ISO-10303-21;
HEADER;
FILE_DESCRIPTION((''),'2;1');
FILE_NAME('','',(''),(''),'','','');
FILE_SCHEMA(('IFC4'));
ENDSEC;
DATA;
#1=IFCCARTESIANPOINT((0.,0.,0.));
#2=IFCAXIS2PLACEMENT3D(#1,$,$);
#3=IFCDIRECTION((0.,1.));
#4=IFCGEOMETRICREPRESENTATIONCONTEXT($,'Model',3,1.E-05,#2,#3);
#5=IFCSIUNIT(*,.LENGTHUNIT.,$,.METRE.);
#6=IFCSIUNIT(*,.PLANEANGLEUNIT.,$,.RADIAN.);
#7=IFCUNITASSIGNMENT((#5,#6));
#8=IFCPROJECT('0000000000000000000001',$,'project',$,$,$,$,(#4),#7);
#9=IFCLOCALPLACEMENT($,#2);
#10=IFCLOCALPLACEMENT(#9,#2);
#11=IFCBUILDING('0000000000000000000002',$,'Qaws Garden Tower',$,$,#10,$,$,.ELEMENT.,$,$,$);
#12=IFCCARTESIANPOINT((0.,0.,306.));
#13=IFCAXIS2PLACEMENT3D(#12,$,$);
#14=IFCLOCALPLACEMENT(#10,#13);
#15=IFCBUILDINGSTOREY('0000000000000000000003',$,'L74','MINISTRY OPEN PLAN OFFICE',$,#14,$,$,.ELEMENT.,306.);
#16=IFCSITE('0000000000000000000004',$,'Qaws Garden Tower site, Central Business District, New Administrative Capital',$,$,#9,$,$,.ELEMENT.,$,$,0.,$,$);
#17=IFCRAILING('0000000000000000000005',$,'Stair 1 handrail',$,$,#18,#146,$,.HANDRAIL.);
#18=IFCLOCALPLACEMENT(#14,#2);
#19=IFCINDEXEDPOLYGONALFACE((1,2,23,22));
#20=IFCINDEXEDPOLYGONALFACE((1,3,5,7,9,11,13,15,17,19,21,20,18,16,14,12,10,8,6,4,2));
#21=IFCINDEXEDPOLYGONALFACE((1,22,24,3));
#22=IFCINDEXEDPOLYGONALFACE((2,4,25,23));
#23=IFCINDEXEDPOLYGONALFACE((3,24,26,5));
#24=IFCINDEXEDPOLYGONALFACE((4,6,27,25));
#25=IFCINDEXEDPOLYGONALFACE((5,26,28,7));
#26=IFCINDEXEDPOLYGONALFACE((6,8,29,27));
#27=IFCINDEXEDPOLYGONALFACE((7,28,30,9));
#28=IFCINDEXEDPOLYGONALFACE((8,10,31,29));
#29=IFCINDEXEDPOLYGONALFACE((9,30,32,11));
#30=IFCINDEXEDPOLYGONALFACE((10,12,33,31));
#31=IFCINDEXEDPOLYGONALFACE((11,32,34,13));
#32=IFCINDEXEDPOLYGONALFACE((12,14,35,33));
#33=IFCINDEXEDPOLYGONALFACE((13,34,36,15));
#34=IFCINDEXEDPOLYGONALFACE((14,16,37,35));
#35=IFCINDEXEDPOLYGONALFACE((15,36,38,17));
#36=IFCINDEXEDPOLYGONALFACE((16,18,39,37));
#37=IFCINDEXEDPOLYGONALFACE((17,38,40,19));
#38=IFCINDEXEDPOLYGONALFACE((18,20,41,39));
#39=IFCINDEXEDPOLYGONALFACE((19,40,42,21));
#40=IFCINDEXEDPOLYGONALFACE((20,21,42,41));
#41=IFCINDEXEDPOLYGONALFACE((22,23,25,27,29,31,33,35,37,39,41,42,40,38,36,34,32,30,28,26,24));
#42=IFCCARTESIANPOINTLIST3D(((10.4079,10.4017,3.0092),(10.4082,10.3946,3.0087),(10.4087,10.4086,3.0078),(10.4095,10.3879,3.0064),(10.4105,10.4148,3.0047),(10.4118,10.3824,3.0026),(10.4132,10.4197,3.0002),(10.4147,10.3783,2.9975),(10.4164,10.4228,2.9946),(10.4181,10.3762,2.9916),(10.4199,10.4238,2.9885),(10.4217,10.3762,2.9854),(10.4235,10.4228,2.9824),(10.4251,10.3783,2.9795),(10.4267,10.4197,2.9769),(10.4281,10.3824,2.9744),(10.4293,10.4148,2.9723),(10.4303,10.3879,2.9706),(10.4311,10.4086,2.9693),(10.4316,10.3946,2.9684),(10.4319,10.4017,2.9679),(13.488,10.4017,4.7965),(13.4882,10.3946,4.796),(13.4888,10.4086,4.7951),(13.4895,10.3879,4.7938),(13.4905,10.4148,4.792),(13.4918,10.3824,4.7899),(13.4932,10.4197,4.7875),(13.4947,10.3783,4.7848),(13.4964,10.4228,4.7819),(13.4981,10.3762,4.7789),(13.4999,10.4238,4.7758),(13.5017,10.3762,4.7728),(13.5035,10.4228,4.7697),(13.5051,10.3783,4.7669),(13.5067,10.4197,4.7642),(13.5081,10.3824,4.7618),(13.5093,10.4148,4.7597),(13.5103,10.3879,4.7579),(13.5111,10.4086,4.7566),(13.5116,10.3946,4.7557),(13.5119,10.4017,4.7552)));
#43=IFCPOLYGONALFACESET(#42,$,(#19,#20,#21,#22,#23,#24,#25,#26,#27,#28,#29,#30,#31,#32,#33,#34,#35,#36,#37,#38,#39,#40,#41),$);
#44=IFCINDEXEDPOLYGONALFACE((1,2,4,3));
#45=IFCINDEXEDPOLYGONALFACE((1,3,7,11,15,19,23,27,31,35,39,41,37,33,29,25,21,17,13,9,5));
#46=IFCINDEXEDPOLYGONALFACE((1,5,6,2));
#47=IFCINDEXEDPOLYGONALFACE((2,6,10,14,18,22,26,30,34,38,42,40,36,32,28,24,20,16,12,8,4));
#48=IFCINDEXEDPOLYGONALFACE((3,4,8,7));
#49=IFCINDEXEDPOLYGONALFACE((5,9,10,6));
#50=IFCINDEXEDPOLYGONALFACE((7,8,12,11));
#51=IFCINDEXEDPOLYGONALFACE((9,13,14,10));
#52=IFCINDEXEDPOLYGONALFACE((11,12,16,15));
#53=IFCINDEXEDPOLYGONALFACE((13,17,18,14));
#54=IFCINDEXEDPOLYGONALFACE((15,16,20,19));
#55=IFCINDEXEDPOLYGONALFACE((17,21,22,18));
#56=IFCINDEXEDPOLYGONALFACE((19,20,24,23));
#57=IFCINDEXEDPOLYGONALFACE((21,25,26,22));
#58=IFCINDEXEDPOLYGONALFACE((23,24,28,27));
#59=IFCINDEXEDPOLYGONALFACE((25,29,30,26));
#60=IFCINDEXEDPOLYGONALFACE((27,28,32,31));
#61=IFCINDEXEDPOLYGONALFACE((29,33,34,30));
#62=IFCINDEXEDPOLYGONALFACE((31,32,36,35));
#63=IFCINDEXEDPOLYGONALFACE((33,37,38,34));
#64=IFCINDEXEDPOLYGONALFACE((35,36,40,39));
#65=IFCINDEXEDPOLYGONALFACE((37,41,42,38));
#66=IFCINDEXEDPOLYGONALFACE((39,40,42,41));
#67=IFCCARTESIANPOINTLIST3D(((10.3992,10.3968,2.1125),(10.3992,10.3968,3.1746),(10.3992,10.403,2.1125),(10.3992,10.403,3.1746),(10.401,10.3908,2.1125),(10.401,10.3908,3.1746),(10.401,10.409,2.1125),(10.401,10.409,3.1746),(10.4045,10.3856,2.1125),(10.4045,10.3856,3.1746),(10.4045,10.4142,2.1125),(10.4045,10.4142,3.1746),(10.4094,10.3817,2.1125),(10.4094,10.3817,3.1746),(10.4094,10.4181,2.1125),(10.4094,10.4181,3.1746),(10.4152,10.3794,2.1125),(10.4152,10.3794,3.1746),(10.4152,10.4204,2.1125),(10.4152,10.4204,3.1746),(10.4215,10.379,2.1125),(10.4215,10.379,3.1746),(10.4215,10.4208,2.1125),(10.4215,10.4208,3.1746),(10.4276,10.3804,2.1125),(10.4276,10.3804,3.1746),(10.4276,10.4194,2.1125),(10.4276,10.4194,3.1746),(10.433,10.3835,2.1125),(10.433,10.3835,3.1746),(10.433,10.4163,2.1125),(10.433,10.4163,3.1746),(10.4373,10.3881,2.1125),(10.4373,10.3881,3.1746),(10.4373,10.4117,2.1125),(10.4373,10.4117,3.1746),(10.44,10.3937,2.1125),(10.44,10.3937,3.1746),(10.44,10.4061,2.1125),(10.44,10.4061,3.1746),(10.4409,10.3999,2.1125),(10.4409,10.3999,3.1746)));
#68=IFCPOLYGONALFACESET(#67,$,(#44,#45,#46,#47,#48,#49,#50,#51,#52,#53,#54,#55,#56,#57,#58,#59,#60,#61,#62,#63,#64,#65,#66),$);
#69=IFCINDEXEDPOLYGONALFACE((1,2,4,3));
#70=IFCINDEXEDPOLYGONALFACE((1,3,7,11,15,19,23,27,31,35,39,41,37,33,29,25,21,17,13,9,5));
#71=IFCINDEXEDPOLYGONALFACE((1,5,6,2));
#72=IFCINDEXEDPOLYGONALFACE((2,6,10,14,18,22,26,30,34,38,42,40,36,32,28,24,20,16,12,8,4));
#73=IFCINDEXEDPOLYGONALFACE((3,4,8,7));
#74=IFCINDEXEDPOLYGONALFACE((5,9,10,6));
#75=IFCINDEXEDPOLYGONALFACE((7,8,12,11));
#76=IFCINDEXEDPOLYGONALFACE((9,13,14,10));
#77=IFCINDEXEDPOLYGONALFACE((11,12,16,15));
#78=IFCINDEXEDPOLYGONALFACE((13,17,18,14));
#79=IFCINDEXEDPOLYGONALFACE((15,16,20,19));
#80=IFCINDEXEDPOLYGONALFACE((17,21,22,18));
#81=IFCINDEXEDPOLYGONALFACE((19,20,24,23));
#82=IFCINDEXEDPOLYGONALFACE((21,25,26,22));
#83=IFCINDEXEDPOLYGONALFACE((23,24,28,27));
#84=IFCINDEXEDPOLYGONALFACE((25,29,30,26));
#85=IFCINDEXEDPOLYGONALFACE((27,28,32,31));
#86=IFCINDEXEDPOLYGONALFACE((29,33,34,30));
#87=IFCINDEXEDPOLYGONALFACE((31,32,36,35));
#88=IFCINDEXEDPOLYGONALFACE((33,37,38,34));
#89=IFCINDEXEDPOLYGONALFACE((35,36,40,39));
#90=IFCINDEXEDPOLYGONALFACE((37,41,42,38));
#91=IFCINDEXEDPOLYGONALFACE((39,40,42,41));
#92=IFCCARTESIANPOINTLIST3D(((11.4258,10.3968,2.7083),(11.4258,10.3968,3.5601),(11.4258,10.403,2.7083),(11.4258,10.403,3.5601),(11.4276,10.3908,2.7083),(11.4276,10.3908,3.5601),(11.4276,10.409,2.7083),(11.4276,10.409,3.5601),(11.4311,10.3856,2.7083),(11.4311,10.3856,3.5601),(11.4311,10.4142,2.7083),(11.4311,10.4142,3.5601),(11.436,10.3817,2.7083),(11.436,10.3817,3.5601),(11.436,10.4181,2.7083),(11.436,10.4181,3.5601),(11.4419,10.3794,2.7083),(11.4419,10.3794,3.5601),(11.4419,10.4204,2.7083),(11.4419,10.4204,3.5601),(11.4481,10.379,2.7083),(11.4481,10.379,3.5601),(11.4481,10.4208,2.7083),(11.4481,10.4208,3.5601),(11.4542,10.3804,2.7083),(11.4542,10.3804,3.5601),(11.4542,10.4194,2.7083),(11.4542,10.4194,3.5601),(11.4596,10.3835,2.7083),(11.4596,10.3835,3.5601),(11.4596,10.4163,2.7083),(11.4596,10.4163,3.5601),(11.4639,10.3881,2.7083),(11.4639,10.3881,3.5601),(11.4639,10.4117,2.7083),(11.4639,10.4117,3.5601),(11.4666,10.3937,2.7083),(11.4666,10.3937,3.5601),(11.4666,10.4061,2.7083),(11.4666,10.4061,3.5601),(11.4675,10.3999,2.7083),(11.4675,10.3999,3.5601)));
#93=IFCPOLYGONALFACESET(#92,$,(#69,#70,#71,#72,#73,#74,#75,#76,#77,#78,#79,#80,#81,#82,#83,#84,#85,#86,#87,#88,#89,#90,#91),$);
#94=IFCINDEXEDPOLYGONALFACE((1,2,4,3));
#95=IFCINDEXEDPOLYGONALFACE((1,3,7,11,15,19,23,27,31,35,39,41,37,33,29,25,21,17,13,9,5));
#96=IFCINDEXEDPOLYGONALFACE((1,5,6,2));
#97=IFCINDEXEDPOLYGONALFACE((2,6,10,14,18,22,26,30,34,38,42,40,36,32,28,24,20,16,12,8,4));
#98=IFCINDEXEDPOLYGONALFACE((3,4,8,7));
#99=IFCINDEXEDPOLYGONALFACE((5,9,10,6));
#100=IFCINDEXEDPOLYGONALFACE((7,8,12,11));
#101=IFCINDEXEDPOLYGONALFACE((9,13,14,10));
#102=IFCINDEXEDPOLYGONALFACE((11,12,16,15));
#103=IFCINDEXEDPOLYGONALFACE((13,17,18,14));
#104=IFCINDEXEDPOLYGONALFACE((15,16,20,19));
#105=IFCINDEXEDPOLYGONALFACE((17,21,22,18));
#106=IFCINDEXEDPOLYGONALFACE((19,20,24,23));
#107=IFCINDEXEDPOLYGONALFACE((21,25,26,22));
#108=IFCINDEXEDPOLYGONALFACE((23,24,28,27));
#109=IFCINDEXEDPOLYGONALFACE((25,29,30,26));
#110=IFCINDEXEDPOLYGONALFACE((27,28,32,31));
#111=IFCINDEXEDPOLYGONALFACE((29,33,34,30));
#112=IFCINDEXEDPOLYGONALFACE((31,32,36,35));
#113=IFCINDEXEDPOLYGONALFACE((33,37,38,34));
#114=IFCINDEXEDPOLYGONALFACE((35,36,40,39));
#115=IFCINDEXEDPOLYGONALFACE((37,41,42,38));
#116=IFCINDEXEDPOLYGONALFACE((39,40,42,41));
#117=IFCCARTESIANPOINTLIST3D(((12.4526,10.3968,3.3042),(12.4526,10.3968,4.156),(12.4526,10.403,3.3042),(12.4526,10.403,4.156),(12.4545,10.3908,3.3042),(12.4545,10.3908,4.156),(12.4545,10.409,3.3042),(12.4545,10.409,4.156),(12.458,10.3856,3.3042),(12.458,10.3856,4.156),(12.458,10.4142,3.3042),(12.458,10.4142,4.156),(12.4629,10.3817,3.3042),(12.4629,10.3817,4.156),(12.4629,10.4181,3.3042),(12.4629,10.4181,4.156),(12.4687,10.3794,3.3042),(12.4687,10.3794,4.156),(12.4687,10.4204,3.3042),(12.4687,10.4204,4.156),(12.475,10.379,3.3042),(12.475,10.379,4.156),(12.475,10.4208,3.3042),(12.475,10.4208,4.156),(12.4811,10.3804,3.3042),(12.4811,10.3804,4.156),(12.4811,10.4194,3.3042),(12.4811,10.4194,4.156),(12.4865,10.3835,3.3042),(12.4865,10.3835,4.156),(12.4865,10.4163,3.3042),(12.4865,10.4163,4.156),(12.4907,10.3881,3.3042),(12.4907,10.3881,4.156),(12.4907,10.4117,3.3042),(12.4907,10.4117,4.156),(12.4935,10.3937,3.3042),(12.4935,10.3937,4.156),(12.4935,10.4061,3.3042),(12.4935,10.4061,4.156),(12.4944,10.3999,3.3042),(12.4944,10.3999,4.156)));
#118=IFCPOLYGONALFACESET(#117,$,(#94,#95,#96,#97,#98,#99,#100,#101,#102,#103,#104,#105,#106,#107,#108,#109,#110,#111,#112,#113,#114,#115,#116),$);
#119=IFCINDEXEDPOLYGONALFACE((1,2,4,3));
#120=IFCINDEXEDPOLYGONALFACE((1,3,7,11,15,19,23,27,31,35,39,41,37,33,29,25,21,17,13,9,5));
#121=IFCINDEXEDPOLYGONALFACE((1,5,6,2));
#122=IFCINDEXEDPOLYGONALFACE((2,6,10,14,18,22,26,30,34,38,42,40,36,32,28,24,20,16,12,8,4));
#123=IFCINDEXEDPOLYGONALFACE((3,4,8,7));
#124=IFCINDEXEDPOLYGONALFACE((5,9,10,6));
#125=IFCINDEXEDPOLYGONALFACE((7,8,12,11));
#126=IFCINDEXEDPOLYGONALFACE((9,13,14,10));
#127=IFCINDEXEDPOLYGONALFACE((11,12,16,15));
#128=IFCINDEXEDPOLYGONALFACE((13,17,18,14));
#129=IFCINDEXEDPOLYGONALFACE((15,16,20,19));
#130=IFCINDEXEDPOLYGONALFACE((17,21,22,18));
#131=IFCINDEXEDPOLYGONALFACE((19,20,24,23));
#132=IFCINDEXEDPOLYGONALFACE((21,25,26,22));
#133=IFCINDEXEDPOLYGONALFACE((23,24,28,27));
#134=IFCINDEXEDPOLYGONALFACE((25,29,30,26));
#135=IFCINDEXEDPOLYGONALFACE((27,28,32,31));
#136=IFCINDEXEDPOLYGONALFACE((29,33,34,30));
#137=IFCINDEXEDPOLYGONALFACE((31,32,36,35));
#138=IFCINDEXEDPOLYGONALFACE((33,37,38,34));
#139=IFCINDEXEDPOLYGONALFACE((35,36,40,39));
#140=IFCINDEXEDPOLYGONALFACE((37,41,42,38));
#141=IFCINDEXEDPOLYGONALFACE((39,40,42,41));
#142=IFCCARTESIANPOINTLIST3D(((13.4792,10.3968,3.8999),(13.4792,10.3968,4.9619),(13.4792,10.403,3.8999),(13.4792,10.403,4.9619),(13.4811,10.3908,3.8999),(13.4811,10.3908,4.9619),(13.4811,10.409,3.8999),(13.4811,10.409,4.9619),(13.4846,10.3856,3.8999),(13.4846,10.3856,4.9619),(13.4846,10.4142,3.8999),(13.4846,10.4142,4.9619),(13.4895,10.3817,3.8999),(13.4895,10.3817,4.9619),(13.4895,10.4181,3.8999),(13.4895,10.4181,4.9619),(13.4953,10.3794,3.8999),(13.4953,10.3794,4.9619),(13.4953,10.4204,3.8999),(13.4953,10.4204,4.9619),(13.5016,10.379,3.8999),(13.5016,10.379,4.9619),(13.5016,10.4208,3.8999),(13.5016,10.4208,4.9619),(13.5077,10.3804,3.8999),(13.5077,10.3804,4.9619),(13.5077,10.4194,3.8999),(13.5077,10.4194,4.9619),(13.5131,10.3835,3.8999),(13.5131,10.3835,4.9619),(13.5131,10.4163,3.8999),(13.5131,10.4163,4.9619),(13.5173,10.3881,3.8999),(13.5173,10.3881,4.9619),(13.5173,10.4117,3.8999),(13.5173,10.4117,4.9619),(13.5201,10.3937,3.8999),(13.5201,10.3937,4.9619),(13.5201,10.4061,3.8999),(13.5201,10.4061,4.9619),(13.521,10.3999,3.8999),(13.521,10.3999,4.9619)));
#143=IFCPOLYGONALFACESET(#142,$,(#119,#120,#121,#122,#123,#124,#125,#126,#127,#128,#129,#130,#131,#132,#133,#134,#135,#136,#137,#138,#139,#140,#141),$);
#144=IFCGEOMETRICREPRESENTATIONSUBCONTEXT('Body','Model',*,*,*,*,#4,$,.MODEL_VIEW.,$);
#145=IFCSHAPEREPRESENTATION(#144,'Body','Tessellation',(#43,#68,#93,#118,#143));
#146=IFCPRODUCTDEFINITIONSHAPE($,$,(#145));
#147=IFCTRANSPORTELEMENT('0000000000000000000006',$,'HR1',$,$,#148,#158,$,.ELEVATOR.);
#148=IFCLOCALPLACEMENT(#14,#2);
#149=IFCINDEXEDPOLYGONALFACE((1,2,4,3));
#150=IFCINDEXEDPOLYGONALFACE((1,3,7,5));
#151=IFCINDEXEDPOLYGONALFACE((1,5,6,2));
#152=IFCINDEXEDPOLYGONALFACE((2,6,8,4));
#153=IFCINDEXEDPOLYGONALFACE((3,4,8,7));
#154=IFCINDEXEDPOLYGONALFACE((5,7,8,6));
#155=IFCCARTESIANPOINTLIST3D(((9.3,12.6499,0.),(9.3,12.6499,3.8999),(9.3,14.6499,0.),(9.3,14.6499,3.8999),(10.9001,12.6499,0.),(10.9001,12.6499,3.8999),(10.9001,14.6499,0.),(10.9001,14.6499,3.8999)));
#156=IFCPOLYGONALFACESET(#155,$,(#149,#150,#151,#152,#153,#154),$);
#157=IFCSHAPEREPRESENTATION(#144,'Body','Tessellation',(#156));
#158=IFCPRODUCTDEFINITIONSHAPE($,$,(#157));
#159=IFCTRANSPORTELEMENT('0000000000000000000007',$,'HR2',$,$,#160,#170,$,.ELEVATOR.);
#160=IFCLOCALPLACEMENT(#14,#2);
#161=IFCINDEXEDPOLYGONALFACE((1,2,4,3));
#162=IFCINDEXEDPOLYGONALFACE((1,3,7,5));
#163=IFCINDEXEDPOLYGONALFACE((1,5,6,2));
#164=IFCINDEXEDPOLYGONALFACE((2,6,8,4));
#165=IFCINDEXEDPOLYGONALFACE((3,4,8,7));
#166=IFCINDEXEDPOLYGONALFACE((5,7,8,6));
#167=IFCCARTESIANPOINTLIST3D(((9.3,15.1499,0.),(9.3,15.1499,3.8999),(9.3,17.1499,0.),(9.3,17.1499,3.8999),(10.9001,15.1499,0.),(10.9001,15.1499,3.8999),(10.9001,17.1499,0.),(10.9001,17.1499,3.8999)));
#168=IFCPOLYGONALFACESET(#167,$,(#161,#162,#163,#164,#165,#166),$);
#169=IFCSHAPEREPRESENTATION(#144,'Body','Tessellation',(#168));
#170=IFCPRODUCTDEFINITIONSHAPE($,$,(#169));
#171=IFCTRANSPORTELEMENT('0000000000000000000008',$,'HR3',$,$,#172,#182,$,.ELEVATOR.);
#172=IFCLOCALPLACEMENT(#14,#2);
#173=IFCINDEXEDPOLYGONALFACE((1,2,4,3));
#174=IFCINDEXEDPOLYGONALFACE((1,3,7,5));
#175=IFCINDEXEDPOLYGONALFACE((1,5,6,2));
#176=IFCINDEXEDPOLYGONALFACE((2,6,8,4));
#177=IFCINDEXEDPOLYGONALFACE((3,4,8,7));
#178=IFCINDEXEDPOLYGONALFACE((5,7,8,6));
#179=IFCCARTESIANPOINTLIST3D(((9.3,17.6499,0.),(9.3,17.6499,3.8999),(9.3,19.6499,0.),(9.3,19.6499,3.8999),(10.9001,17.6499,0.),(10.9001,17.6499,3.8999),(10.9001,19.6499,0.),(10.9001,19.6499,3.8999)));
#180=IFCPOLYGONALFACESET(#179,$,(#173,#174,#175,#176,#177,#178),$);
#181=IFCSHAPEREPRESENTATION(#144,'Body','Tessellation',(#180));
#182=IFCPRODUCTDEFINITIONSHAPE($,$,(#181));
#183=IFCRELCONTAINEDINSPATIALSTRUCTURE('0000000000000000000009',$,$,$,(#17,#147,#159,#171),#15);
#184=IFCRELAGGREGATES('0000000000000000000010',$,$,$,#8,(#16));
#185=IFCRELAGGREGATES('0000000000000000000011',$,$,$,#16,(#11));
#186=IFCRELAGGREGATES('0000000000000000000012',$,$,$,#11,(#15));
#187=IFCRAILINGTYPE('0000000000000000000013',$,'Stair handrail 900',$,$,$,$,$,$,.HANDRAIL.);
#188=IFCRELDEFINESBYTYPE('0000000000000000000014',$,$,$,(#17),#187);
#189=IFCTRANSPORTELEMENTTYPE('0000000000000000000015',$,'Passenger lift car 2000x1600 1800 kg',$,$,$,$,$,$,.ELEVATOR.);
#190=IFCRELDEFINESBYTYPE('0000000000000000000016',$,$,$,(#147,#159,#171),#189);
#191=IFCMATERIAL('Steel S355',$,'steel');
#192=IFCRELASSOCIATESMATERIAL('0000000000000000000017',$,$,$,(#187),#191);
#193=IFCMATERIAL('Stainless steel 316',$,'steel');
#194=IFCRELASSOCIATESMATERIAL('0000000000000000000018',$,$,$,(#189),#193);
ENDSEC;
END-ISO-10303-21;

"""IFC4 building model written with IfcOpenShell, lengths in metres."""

from ifc_helpers import new_model, si_unit, direction, frame, origin, origin_2d, place, context, subcontext, project, spatial, rectangle, circle, extrude, material, type_object, element, save


model = new_model("IFC4")

# Units and contexts
model_context = context("Model", 3, precision=1e-05, world=origin(), true_north=direction((0.0, 1.0)))
body_context = subcontext(model_context, "Body", "Model", "MODEL_VIEW")
ifc_project = project(units=[si_unit("LENGTHUNIT", "METRE"), si_unit("PLANEANGLEUNIT", "RADIAN")], contexts=[model_context])

# Site, building, storey
site_placement = place(None, origin())
site = spatial("IfcSite", under=ifc_project, at=site_placement, Name="Qaws Garden Tower site, Central Business District, New Administrative Capital", CompositionType="ELEMENT", RefElevation=0.0)
building_placement = place(site_placement, origin())
building = spatial("IfcBuilding", under=site, at=building_placement, Name="Qaws Garden Tower", CompositionType="ELEMENT")
storey_placement = place(building_placement, frame((0.0, 0.0, 306.0)))
storey = spatial("IfcBuildingStorey", under=building, at=storey_placement, Name="L74", Description="MINISTRY OPEN PLAN OFFICE", CompositionType="ELEMENT", Elevation=306.0)

# Railing
ifc_material_1 = material(Name="Steel S355", Category="steel")
railing_type = type_object("IfcRailingType", Name="Stair handrail 900", PredefinedType="HANDRAIL", material=ifc_material_1)
railing_placement = place(storey_placement, frame((10.4199, 10.3999, 2.1125)))
element("IfcRailing", 1, at=railing_placement, inside=storey, type_object=railing_type, Name="Stair 1 handrail", PredefinedType="HANDRAIL", context=body_context, shape_type="SweptSolid", body=[
    extrude(circle(Radius=0.0239, at=origin_2d()), frame((0.0, 0.0, 0.876), z_axis=(0.86492, 0.0, 0.501909), x_axis=(0.0, 1.0, 0.0)), (0.0, 0.0, 1.0), 3.561),
    extrude(circle(Radius=0.021, at=origin_2d()), origin(), (0.0, 0.0, 1.0), 1.062),
    extrude(circle(Radius=0.021, at=origin_2d()), frame((1.0266, 0.0, 0.5957)), (0.0, 0.0, 1.0), 0.8518),
    extrude(circle(Radius=0.021, at=origin_2d()), frame((2.0535, 0.0, 1.1917)), (0.0, 0.0, 1.0), 0.8518),
    extrude(circle(Radius=0.021, at=origin_2d()), frame((3.0801, 0.0, 1.7874)), (0.0, 0.0, 1.0), 1.062),
])

# Transport elements
ifc_material_2 = material(Name="Stainless steel 316", Category="steel")
transport_element_type = type_object("IfcTransportElementType", Name="Passenger lift car 2000x1600 1800 kg", PredefinedType="ELEVATOR", material=ifc_material_2)
for number, where, z_axis, x_axis, name in (
    (2, (10.1001, 13.6499, 0.0), (0.0, 0.0, 1.0), (1.0, 0.0, 0.0), "HR1"),
    (3, (10.1001, 16.1499, 0.0), (0.0, 0.0, 1.0), (1.0, 0.0, 0.0), "HR2"),
    (4, (10.1001, 18.6499, 0.0), (0.0, 0.0, 1.0), (1.0, 0.0, 0.0), "HR3"),
):
    element("IfcTransportElement", number, at=place(storey_placement, frame(where, z_axis=z_axis, x_axis=x_axis)), inside=storey, type_object=transport_element_type, Name=name, PredefinedType="ELEVATOR", context=body_context, shape_type="SweptSolid", body=[
        extrude(rectangle(XDim=1.6001, YDim=2.0, at=origin_2d()), origin(), (0.0, 0.0, 1.0), 3.8999),
    ])

save(model, "model.ifc")
